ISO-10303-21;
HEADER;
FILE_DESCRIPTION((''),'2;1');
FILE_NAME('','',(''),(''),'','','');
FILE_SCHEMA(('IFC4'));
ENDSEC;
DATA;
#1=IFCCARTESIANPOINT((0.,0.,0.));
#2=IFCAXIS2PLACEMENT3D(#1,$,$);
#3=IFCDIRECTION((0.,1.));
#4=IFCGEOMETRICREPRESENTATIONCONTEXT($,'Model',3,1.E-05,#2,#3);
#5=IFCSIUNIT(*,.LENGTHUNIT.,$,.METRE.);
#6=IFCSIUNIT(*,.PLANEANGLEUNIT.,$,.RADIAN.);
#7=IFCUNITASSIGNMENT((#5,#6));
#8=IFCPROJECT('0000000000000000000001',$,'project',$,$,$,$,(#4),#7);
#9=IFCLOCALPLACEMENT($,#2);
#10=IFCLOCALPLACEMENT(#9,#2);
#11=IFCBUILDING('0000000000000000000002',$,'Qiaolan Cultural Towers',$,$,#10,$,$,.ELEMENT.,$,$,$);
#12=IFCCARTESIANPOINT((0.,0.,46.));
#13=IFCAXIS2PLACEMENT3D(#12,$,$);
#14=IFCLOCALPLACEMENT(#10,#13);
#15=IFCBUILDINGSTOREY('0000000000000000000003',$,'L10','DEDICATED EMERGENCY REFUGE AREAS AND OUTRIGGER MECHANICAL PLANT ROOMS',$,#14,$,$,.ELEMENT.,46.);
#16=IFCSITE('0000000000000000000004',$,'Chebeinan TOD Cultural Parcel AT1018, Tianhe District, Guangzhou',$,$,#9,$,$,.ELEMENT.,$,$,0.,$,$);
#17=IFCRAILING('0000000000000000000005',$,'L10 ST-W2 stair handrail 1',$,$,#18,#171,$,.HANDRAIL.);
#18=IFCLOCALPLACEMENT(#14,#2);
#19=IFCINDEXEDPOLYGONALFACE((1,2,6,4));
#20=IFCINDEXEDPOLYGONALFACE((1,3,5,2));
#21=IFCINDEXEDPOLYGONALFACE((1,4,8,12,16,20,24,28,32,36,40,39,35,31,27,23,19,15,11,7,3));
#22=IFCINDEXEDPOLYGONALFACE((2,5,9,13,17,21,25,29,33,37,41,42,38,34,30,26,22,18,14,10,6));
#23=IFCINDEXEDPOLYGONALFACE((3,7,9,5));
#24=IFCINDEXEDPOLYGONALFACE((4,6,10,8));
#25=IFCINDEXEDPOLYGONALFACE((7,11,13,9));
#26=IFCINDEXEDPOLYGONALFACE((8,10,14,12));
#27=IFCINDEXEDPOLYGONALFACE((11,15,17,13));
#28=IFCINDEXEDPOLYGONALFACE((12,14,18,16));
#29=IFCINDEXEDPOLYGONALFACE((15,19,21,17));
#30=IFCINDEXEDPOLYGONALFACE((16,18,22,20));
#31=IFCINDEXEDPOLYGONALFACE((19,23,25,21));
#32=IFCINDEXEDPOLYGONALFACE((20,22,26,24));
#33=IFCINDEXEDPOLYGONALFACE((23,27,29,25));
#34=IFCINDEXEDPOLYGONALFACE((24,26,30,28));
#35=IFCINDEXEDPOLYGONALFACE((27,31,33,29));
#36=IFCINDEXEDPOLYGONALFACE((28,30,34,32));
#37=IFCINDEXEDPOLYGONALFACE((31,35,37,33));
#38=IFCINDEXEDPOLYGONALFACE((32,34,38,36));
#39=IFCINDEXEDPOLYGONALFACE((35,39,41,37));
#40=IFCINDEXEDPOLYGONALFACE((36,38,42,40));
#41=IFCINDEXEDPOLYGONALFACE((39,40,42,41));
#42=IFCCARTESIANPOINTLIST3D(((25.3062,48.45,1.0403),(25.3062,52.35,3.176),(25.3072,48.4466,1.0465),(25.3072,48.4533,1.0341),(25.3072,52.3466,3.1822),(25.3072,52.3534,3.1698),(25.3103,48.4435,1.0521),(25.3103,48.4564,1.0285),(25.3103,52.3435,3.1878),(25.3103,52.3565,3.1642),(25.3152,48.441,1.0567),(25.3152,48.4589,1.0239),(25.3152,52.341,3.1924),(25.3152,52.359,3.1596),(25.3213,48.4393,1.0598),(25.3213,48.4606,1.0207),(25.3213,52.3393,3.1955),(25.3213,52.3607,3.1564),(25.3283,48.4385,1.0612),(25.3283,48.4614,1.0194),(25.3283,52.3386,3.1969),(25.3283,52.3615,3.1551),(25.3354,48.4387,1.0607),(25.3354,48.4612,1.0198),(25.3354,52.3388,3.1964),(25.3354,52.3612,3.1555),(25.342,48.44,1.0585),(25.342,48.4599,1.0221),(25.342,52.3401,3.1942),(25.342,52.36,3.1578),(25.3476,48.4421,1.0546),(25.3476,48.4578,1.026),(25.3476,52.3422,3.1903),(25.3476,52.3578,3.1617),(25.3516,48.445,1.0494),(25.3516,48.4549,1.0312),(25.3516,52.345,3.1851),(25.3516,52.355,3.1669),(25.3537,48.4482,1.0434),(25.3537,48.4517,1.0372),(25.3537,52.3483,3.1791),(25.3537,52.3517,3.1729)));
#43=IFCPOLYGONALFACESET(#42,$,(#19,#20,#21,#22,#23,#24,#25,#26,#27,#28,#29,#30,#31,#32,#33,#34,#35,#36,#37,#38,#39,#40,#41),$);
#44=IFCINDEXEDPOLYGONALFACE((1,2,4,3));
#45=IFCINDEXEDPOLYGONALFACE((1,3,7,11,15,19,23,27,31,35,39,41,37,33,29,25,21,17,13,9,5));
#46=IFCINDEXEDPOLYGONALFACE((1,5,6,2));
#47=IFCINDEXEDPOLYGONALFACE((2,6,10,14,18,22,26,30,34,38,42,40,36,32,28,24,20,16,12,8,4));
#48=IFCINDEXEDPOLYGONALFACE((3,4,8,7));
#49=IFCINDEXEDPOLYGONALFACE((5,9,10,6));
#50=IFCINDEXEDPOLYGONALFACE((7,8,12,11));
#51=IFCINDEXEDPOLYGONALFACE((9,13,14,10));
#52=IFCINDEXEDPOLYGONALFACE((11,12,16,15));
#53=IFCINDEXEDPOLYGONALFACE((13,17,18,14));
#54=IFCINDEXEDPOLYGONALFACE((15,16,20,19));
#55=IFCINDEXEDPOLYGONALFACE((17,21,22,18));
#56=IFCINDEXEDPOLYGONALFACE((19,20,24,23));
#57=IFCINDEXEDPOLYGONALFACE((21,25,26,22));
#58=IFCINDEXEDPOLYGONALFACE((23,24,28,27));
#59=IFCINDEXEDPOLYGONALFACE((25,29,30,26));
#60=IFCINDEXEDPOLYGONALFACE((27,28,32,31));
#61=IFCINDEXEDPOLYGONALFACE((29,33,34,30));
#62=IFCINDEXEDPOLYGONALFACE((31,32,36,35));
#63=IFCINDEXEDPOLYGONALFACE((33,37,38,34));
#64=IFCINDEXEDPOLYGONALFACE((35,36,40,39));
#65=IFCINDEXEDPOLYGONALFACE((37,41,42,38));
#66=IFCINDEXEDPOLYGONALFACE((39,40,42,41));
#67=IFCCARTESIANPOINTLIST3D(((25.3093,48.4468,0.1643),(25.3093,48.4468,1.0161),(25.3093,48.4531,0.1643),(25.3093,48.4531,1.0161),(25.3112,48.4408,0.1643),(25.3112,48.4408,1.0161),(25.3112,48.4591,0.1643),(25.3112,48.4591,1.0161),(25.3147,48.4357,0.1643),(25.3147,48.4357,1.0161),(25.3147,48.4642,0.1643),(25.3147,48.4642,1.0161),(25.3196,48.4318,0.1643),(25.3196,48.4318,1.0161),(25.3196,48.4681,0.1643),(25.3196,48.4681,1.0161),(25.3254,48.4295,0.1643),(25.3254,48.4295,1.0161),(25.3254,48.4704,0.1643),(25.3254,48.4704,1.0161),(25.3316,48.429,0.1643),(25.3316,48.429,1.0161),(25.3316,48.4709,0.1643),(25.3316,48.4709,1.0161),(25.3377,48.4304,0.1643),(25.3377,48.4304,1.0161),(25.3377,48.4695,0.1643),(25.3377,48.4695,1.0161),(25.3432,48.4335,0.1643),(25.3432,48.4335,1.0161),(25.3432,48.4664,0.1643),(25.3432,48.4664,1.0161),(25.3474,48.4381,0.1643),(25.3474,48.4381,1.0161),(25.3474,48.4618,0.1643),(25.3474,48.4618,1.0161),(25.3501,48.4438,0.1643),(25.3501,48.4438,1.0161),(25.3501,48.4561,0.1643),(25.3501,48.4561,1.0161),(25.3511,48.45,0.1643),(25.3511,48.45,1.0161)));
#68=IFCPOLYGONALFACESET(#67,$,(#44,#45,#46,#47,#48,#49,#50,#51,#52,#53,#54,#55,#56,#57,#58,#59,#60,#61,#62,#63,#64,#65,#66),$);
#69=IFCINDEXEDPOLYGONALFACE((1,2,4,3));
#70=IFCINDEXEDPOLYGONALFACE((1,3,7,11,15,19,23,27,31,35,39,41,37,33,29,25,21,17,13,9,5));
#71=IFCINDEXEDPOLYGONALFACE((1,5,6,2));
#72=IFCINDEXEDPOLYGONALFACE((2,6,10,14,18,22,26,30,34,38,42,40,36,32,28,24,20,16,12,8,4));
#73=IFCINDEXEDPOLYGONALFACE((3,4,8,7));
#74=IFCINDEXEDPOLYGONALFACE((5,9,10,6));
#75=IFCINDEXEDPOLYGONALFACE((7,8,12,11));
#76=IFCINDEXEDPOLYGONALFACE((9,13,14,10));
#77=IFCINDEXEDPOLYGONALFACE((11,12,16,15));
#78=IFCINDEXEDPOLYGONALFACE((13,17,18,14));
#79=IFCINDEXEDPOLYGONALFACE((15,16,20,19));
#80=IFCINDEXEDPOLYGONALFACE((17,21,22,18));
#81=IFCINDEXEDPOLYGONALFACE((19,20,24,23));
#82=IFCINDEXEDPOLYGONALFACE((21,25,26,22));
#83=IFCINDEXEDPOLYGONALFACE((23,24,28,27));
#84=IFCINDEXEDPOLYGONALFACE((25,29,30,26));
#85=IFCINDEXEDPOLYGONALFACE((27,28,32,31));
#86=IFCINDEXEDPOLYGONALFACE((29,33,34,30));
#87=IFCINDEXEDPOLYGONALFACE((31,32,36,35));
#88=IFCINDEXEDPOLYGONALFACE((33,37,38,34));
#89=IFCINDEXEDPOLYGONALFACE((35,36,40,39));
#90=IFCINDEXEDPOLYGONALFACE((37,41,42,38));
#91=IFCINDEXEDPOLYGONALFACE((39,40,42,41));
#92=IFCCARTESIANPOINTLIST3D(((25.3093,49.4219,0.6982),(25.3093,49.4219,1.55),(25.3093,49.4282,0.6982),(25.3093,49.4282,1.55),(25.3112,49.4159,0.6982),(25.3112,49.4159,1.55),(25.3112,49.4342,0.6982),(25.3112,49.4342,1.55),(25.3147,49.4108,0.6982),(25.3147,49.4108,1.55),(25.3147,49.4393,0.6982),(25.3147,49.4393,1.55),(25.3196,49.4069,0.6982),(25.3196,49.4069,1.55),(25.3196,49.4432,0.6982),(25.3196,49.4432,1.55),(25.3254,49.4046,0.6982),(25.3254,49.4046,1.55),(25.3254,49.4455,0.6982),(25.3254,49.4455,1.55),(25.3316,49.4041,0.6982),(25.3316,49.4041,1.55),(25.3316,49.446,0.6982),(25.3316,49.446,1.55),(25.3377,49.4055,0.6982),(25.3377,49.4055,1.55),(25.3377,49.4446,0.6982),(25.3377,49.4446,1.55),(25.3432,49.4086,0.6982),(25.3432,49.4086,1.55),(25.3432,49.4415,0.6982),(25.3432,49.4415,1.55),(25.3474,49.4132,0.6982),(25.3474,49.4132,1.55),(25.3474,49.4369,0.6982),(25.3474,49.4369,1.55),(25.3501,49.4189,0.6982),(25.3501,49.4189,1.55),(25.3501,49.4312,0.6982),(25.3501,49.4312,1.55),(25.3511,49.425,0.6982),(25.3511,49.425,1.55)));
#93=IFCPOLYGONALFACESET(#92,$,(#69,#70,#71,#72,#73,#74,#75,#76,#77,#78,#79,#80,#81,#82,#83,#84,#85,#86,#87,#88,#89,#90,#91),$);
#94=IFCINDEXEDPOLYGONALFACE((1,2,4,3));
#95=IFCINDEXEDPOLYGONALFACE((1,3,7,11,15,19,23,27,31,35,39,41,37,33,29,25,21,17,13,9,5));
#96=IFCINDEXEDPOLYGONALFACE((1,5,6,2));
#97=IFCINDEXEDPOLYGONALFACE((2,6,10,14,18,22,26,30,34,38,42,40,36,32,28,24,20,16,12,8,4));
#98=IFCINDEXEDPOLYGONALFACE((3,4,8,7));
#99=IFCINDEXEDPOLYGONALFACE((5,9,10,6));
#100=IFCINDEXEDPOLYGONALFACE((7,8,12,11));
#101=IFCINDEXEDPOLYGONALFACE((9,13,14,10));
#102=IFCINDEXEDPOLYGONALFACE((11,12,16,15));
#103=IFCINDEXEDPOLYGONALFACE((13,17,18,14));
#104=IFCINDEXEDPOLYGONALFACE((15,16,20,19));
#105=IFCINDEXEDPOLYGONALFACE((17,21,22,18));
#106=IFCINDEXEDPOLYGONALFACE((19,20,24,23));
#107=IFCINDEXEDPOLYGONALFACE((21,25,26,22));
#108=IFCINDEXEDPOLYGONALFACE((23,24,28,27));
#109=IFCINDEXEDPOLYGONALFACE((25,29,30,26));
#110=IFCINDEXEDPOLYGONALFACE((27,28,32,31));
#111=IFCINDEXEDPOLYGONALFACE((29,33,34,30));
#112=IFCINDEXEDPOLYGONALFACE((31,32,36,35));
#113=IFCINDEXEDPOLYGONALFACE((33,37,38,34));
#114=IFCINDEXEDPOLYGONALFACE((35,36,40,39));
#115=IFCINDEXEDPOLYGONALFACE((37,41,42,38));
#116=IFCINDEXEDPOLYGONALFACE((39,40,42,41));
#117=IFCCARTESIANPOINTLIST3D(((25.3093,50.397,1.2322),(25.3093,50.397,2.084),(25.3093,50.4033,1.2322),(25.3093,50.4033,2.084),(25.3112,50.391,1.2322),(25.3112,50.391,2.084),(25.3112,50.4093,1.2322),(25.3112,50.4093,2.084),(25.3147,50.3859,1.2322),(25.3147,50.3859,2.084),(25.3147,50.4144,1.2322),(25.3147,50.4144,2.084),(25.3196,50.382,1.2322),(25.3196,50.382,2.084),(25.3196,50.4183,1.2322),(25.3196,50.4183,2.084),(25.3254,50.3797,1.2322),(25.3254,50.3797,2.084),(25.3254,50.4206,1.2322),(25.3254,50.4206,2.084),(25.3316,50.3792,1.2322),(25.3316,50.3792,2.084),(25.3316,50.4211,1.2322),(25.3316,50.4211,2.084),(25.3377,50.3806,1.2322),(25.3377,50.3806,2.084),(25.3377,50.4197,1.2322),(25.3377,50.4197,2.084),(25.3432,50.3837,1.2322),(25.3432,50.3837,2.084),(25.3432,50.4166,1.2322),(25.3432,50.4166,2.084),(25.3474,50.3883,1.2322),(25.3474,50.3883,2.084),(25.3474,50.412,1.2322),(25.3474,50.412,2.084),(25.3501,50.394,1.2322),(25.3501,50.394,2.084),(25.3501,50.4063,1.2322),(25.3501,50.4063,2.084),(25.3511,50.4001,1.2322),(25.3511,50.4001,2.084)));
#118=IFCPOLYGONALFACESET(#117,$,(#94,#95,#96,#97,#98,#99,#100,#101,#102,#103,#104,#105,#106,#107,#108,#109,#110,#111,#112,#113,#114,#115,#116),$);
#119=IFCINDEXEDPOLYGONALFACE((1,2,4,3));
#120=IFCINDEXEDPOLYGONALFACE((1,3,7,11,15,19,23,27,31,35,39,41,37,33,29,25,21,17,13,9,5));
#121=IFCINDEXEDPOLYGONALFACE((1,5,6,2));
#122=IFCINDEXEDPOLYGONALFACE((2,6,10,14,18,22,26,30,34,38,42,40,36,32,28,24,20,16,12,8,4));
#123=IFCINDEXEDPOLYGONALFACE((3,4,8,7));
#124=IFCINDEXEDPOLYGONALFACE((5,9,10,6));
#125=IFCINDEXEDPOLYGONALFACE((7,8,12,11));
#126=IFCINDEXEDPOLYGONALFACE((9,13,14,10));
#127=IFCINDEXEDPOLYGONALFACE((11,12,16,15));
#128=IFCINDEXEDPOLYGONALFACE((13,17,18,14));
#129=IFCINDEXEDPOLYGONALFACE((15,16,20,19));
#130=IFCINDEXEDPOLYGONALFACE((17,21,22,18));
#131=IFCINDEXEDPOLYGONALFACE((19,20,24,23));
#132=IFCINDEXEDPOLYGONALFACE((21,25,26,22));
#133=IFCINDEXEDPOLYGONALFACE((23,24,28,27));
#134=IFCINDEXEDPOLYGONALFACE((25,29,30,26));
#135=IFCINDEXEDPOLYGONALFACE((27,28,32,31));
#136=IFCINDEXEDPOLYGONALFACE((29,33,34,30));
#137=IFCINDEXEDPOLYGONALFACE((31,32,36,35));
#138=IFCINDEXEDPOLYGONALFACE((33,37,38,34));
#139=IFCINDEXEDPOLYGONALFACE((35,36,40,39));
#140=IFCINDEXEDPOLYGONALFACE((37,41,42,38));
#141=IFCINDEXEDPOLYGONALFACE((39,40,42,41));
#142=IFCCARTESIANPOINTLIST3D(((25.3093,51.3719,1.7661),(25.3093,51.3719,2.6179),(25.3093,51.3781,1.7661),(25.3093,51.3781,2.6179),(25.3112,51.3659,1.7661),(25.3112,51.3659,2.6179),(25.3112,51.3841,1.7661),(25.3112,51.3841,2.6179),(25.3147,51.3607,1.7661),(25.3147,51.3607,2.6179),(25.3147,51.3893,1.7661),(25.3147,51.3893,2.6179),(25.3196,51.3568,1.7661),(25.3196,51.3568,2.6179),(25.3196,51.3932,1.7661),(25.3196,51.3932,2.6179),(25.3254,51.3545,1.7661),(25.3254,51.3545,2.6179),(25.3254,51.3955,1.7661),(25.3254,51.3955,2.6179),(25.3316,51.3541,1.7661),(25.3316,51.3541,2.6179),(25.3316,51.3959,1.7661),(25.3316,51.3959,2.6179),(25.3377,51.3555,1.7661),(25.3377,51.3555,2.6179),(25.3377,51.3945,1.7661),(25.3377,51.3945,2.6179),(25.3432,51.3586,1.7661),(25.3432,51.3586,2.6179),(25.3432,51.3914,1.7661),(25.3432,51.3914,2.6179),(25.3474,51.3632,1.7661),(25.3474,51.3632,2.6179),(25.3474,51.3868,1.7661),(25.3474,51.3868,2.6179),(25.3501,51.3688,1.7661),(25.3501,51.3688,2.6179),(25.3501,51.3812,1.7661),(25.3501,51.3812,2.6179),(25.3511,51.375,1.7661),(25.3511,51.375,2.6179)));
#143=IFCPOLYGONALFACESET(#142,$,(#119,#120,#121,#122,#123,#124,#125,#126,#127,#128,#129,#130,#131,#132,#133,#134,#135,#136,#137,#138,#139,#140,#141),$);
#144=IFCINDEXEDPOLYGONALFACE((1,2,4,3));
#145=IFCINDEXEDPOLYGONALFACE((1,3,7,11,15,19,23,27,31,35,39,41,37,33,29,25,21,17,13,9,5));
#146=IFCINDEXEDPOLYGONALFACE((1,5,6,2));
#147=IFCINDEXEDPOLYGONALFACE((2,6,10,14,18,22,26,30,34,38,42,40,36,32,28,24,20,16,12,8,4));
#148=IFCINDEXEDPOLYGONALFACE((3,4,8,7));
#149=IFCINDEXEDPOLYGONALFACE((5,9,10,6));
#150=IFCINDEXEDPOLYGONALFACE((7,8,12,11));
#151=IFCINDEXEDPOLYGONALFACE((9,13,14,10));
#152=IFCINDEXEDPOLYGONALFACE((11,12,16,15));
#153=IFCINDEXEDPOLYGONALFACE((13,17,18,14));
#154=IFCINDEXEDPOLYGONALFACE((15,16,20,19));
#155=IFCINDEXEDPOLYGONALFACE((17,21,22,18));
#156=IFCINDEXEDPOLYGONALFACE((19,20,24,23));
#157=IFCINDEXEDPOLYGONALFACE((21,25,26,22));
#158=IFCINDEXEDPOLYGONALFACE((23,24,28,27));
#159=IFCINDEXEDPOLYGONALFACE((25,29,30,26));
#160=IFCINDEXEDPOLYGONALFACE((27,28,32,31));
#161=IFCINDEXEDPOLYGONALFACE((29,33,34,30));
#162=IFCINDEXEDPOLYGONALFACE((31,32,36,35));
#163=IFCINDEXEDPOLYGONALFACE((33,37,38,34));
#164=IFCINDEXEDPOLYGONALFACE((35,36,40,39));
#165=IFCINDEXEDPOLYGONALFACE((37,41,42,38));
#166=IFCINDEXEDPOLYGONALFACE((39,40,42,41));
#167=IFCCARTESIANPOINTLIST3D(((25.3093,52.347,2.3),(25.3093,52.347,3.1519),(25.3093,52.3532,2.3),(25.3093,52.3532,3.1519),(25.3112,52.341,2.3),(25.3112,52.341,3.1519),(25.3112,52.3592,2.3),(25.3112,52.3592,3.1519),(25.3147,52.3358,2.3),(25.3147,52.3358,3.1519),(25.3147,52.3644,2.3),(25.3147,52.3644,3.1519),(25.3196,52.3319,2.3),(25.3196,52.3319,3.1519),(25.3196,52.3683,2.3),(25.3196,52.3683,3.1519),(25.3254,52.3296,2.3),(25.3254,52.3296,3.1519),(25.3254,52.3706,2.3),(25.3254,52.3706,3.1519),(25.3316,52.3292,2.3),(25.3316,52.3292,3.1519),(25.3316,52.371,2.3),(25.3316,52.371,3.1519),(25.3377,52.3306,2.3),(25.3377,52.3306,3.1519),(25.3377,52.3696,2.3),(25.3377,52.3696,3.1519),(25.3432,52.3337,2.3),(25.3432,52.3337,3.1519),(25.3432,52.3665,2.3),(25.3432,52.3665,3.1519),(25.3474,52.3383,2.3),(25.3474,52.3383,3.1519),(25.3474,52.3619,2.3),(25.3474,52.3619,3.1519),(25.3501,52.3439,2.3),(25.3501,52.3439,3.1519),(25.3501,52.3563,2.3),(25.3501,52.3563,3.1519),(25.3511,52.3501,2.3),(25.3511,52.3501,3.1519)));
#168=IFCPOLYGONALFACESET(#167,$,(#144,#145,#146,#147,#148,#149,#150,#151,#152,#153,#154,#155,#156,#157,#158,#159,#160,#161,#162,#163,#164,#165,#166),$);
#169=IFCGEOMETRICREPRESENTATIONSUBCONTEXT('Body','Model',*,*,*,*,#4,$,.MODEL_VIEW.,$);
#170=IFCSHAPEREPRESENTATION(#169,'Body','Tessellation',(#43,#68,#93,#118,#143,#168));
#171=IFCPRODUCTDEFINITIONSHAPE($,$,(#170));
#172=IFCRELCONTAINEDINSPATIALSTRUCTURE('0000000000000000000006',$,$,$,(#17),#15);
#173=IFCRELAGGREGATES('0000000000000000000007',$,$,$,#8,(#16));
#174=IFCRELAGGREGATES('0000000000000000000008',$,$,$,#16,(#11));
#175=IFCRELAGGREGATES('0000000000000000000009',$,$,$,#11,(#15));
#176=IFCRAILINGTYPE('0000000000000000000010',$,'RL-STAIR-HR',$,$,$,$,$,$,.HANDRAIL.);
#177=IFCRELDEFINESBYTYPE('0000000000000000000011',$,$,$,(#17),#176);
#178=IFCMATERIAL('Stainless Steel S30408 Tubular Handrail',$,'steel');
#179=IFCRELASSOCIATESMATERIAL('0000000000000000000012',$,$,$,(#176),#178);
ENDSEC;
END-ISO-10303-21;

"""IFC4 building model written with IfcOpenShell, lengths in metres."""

from ifc_helpers import new_model, si_unit, direction, frame, origin, origin_2d, place, context, subcontext, project, spatial, circle, extrude, material, type_object, element, save


model = new_model("IFC4")

# Units and contexts
model_context = context("Model", 3, precision=1e-05, world=origin(), true_north=direction((0.0, 1.0)))
body_context = subcontext(model_context, "Body", "Model", "MODEL_VIEW")
ifc_project = project(units=[si_unit("LENGTHUNIT", "METRE"), si_unit("PLANEANGLEUNIT", "RADIAN")], contexts=[model_context])

# Site, building, storey
site_placement = place(None, origin())
site = spatial("IfcSite", under=ifc_project, at=site_placement, Name="Chebeinan TOD Cultural Parcel AT1018, Tianhe District, Guangzhou", CompositionType="ELEMENT", RefElevation=0.0)
building_placement = place(site_placement, origin())
building = spatial("IfcBuilding", under=site, at=building_placement, Name="Qiaolan Cultural Towers", CompositionType="ELEMENT")
storey_placement = place(building_placement, frame((0.0, 0.0, 46.0)))
storey = spatial("IfcBuildingStorey", under=building, at=storey_placement, Name="L10", Description="DEDICATED EMERGENCY REFUGE AREAS AND OUTRIGGER MECHANICAL PLANT ROOMS", CompositionType="ELEMENT", Elevation=46.0)

# Railing
ifc_material_1 = material(Name="Stainless Steel S30408 Tubular Handrail", Category="steel")
railing_type = type_object("IfcRailingType", Name="RL-STAIR-HR", PredefinedType="HANDRAIL", material=ifc_material_1)
railing_placement = place(storey_placement, frame((25.3301, 48.45, 0.1643)))
element("IfcRailing", 1, at=railing_placement, inside=storey, type_object=railing_type, Name="L10 ST-W2 stair handrail 1", PredefinedType="HANDRAIL", context=body_context, shape_type="SweptSolid", body=[
    extrude(circle(Radius=0.0239, at=origin_2d()), frame((0.0, 0.0, 0.876), z_axis=(0.0, 0.877101, 0.480306), x_axis=(-1.0, 0.0, 0.0)), (0.0, 0.0, 1.0), 4.4465),
    extrude(circle(Radius=0.021, at=origin_2d()), origin(), (0.0, 0.0, 1.0), 0.8518),
    extrude(circle(Radius=0.021, at=origin_2d()), frame((0.0, 0.9751, 0.5339)), (0.0, 0.0, 1.0), 0.8518),
    extrude(circle(Radius=0.021, at=origin_2d()), frame((0.0, 1.9502, 1.0679)), (0.0, 0.0, 1.0), 0.8518),
    extrude(circle(Radius=0.021, at=origin_2d()), frame((0.0, 2.925, 1.6018)), (0.0, 0.0, 1.0), 0.8518),
    extrude(circle(Radius=0.021, at=origin_2d()), frame((0.0, 3.9001, 2.1357)), (0.0, 0.0, 1.0), 0.8518),
])

save(model, "model.ifc")
